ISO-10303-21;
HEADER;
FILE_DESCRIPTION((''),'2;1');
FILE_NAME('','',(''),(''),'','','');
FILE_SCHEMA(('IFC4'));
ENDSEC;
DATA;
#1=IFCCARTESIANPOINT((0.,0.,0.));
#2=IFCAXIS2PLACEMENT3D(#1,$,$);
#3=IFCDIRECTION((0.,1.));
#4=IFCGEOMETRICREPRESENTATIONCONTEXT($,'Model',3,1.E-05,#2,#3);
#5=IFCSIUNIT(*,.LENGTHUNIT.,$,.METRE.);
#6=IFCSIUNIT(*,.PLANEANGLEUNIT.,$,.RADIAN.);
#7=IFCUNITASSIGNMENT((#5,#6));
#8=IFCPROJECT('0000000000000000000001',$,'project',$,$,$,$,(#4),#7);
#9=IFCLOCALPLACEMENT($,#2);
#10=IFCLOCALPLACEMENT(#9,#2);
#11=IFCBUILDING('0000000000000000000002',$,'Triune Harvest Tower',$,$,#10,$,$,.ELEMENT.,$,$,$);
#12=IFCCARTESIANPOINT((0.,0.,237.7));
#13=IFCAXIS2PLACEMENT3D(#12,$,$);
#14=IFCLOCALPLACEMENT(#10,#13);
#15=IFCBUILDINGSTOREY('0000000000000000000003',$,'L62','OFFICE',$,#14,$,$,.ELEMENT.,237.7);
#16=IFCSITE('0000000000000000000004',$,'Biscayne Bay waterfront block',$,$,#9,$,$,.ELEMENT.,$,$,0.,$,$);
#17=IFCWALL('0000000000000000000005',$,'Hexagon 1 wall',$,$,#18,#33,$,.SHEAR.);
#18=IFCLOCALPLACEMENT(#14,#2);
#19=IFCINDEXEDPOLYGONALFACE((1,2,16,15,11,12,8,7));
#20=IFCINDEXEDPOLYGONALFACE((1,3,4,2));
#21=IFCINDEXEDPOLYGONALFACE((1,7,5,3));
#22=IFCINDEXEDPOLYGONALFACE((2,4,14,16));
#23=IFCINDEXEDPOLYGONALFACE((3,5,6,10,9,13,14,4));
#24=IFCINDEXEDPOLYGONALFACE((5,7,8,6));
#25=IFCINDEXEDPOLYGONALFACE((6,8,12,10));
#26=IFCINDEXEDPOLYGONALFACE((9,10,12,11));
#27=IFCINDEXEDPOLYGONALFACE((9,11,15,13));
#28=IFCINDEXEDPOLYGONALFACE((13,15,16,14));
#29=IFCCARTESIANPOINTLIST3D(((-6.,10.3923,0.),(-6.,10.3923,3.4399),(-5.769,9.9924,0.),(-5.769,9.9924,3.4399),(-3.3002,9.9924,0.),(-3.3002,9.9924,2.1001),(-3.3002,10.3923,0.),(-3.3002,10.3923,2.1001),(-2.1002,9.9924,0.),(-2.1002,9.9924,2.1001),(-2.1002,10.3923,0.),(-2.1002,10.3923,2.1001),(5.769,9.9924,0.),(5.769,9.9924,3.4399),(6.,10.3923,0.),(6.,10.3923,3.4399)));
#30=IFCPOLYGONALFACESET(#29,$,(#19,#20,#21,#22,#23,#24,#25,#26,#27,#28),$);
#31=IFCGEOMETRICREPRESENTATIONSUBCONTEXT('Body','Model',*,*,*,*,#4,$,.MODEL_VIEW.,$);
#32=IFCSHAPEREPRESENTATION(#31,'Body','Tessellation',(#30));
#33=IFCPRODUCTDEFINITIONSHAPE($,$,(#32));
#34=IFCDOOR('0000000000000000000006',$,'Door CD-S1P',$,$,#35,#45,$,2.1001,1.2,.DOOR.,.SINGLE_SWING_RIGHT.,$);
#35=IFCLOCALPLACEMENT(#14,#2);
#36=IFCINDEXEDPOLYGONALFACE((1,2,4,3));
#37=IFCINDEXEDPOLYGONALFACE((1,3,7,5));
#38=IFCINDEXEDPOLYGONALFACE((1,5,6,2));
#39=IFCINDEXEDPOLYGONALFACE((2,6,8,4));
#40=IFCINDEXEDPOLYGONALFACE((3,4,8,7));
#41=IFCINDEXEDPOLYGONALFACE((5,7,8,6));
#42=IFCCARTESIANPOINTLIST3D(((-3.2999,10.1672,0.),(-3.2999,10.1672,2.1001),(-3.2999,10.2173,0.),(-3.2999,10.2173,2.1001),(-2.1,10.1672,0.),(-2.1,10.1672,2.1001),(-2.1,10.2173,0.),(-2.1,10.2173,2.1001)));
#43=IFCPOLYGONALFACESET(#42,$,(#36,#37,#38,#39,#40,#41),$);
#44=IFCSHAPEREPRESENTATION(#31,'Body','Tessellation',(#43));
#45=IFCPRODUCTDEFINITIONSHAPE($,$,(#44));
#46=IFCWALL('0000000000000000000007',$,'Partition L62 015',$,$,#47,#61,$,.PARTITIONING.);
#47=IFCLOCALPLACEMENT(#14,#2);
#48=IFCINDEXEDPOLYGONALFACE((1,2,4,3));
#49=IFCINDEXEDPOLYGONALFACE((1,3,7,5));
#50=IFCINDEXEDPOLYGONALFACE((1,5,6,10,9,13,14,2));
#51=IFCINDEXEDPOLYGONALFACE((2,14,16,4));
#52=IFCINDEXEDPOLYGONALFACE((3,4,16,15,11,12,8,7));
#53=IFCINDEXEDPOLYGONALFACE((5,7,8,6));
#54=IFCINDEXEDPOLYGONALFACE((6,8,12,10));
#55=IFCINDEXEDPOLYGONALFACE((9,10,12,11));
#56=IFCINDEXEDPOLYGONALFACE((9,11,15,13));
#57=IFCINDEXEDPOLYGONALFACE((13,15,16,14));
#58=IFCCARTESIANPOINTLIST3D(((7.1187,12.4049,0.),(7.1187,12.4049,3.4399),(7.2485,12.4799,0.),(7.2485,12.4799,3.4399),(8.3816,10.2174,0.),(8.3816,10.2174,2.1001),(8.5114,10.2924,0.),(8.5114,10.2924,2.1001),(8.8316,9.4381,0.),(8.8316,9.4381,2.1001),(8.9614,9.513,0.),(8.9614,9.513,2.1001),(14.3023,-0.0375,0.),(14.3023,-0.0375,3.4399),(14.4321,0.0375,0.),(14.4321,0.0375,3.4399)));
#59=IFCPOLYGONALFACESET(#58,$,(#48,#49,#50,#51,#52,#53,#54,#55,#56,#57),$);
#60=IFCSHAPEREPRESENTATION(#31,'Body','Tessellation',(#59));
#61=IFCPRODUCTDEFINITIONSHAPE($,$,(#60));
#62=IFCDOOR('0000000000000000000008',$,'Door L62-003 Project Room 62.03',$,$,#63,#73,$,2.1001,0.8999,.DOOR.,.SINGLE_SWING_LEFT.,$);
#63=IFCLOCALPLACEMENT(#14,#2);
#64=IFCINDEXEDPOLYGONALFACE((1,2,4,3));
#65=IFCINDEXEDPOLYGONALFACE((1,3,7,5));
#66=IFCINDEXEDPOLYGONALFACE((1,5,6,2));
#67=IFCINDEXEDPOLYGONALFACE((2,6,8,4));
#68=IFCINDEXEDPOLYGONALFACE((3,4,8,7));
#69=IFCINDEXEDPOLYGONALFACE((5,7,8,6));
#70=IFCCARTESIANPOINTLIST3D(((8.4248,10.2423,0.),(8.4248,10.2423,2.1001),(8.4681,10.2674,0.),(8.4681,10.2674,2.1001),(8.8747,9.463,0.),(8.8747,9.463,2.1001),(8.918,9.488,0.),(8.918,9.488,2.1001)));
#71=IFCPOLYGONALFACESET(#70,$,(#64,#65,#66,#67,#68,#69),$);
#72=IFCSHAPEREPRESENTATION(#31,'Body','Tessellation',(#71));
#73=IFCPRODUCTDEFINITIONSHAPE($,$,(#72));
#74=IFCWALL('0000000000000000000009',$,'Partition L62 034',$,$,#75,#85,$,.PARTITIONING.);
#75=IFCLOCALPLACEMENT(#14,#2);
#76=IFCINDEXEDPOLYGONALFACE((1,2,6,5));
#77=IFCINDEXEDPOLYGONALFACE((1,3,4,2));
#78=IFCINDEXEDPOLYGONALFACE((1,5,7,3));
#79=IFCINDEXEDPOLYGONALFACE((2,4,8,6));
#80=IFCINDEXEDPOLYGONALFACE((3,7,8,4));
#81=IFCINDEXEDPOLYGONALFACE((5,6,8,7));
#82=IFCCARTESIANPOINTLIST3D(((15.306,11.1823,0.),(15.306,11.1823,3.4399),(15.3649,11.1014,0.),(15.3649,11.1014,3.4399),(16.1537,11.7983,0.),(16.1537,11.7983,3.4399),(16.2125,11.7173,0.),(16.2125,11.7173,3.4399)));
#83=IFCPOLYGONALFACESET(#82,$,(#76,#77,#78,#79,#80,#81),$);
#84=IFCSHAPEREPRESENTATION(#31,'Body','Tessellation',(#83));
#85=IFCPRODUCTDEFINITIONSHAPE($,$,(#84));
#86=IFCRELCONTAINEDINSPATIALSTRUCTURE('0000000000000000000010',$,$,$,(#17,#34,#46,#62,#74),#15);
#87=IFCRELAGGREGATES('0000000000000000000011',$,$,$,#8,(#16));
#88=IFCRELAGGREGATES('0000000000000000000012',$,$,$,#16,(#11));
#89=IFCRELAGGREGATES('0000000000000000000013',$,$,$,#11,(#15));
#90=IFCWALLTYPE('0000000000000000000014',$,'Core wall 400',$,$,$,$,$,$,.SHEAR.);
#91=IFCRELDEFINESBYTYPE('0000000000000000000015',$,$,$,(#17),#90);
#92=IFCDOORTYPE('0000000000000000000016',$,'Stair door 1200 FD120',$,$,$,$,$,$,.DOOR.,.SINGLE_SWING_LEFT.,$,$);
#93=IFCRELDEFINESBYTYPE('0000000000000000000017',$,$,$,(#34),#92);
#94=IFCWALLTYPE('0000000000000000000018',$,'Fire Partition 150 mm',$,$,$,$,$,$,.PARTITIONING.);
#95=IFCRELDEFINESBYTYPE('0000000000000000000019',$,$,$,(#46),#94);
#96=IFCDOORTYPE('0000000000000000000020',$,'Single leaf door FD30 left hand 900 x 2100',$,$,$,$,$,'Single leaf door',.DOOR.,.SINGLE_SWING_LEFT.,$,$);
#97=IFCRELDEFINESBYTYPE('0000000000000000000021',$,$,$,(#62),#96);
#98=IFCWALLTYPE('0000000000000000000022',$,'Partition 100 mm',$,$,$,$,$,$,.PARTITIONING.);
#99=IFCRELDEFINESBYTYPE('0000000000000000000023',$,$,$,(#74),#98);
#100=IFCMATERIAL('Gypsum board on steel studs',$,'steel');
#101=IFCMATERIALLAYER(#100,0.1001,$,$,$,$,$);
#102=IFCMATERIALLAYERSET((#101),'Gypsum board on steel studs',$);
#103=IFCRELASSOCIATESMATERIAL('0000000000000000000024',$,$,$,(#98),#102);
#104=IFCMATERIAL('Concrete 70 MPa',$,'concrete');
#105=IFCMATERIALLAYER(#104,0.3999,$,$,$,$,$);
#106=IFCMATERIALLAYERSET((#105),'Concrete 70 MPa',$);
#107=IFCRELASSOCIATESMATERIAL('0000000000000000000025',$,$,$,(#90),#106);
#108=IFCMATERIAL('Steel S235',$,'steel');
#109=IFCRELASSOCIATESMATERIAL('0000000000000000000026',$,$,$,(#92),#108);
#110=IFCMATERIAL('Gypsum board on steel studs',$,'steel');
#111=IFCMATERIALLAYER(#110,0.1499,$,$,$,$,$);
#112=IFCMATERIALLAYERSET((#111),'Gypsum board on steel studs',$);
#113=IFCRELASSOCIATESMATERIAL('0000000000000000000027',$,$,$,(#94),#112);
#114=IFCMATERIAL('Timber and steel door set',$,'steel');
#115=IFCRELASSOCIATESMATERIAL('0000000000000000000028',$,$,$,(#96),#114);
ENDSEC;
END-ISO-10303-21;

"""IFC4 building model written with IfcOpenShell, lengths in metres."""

from ifc_helpers import new_model, si_unit, direction, frame, frame_2d, origin, place, context, subcontext, project, spatial, polyline, rectangle, outline, extrude, source, transform, mapped, material, layer, layer_set, type_object, element, fill, save


model = new_model("IFC4")

# Units and contexts
model_context = context("Model", 3, precision=1e-05, world=origin(), true_north=direction((0.0, 1.0)))
body_context = subcontext(model_context, "Body", "Model", "MODEL_VIEW")
ifc_project = project(units=[si_unit("LENGTHUNIT", "METRE"), si_unit("PLANEANGLEUNIT", "RADIAN")], contexts=[model_context])

# Site, building, storey
site_placement = place(None, origin())
site = spatial("IfcSite", under=ifc_project, at=site_placement, Name="Biscayne Bay waterfront block", CompositionType="ELEMENT", RefElevation=0.0)
building_placement = place(site_placement, origin())
building = spatial("IfcBuilding", under=site, at=building_placement, Name="Triune Harvest Tower", CompositionType="ELEMENT")
storey_placement = place(building_placement, frame((0.0, 0.0, 237.7)))
storey = spatial("IfcBuildingStorey", under=building, at=storey_placement, Name="L62", Description="OFFICE", CompositionType="ELEMENT", Elevation=237.7)

# Shared definitions
ifc_material_1 = material(Name="Gypsum board on steel studs", Category="steel")
ifc_layer_1 = layer(ifc_material_1, 0.1001)
ifc_layer_set_1 = layer_set([ifc_layer_1], Name="Gypsum board on steel studs")
wall_type_1 = type_object("IfcWallType", Name="Partition 100 mm", PredefinedType="PARTITIONING", material=ifc_layer_set_1)

# Walls, openings, doors
ifc_material_2 = material(Name="Concrete 70 MPa", Category="concrete")
ifc_layer_2 = layer(ifc_material_2, 0.3999)
ifc_layer_set_2 = layer_set([ifc_layer_2], Name="Concrete 70 MPa")
wall_type_2 = type_object("IfcWallType", Name="Core wall 400", PredefinedType="SHEAR", material=ifc_layer_set_2)
shared_shape_1 = source(origin(), body_context, "Body", "SweptSolid", [
    extrude(outline(polyline([(-0.1155, -0.2), (11.8845, -0.2), (11.6536, 0.2), (0.1155, 0.2), (-0.1155, -0.2)])), origin(), (0.0, 0.0, 1.0), 3.4399),
])
wall_1_placement = place(storey_placement, frame((5.8845, 10.1924, 0.0), z_axis=(0.0, 0.0, 1.0), x_axis=(-1.0, 0.0, 0.0)))
wall_1 = element("IfcWall", 1, at=wall_1_placement, inside=storey, type_object=wall_type_2, Name="Hexagon 1 wall", PredefinedType="SHEAR", context=body_context, shape_type="MappedRepresentation", body=[
    mapped(shared_shape_1, transform((0.0, 0.0, 0.0), scale=1.0)),
])
opening_1_placement = place(wall_1_placement, frame((7.9846, 0.0, 0.0)))
opening_1 = element("IfcOpeningElement", 2, at=opening_1_placement, cuts=wall_1, PredefinedType="OPENING", context=body_context, shape_type="SweptSolid", body=[
    extrude(rectangle(XDim=1.2, YDim=2.1001, at=frame_2d((0.6001, 1.05))), frame((0.0, 0.21, 0.0), z_axis=(0.0, -1.0, 0.0), x_axis=(1.0, 0.0, 0.0)), (0.0, 0.0, 1.0), 0.4199),
])
ifc_material_3 = material(Name="Steel S235", Category="steel")
door_type_1 = type_object("IfcDoorType", Name="Stair door 1200 FD120", OperationType="SINGLE_SWING_LEFT", PredefinedType="DOOR", material=ifc_material_3)
door_1_placement = place(opening_1_placement, frame((1.2, 0.0, 0.0), z_axis=(0.0, 0.0, 1.0), x_axis=(-1.0, 0.0, 0.0)))
door_1 = element("IfcDoor", 3, at=door_1_placement, inside=storey, type_object=door_type_1, Name="Door CD-S1P", OperationType="SINGLE_SWING_RIGHT", OverallHeight=2.1001, OverallWidth=1.2, PredefinedType="DOOR", context=body_context, shape_type="SweptSolid", body=[
    extrude(rectangle(XDim=1.2, YDim=2.1001, at=frame_2d((0.6001, 1.05))), frame((0.0, 0.0249, 0.0), z_axis=(0.0, -1.0, 0.0), x_axis=(1.0, 0.0, 0.0)), (0.0, 0.0, 1.0), 0.05),
])
fill(opening_1, door_1)
ifc_material_4 = material(Name="Gypsum board on steel studs", Category="steel")
ifc_layer_3 = layer(ifc_material_4, 0.1499)
ifc_layer_set_3 = layer_set([ifc_layer_3], Name="Gypsum board on steel studs")
wall_type_3 = type_object("IfcWallType", Name="Fire Partition 150 mm", PredefinedType="PARTITIONING", material=ifc_layer_set_3)
shared_shape_2 = source(origin(), body_context, "Body", "SweptSolid", [
    extrude(rectangle(XDim=14.3672, YDim=0.1499, at=frame_2d((7.1836, 0.0))), origin(), (0.0, 0.0, 1.0), 3.4399),
])
wall_2_placement = place(storey_placement, frame((7.1836, 12.4424, 0.0), z_axis=(0.0, 0.0, 1.0), x_axis=(0.499999, -0.866026, 0.0)))
wall_2 = element("IfcWall", 4, at=wall_2_placement, inside=storey, type_object=wall_type_3, Name="Partition L62 015", PredefinedType="PARTITIONING", context=body_context, shape_type="MappedRepresentation", body=[
    mapped(shared_shape_2, transform((0.0, 0.0, 0.0), scale=1.0)),
])
opening_2_placement = place(wall_2_placement, frame((2.5259, 0.0, 0.0)))
opening_2 = element("IfcOpeningElement", 5, at=opening_2_placement, cuts=wall_2, PredefinedType="OPENING", context=body_context, shape_type="SweptSolid", body=[
    extrude(rectangle(XDim=0.8999, YDim=2.1001, at=frame_2d((0.45, 1.05))), frame((0.0, 0.085, 0.0), z_axis=(0.0, -1.0, 0.0), x_axis=(1.0, 0.0, 0.0)), (0.0, 0.0, 1.0), 0.1699),
])
ifc_material_5 = material(Name="Timber and steel door set", Category="steel")
door_type_2 = type_object("IfcDoorType", Name="Single leaf door FD30 left hand 900 x 2100", ElementType="Single leaf door", OperationType="SINGLE_SWING_LEFT", PredefinedType="DOOR", material=ifc_material_5)
door_2_placement = place(opening_2_placement, origin())
door_2 = element("IfcDoor", 6, at=door_2_placement, inside=storey, type_object=door_type_2, Name="Door L62-003 Project Room 62.03", OperationType="SINGLE_SWING_LEFT", OverallHeight=2.1001, OverallWidth=0.8999, PredefinedType="DOOR", context=body_context, shape_type="SweptSolid", body=[
    extrude(rectangle(XDim=0.8999, YDim=2.1001, at=frame_2d((0.45, 1.05))), frame((0.0, 0.0249, 0.0), z_axis=(0.0, -1.0, 0.0), x_axis=(1.0, 0.0, 0.0)), (0.0, 0.0, 1.0), 0.05),
])
fill(opening_2, door_2)

# Wall
shared_shape_3 = source(origin(), body_context, "Body", "SweptSolid", [
    extrude(rectangle(XDim=1.0479, YDim=0.1001, at=frame_2d((0.5239, 0.0))), origin(), (0.0, 0.0, 1.0), 3.4399),
])
wall_3_placement = place(storey_placement, frame((15.3354, 11.1418, 0.0), z_axis=(0.0, 0.0, 1.0), x_axis=(0.808968, 0.587853, 0.0)))
element("IfcWall", 7, at=wall_3_placement, inside=storey, type_object=wall_type_1, Name="Partition L62 034", PredefinedType="PARTITIONING", context=body_context, shape_type="MappedRepresentation", body=[
    mapped(shared_shape_3, transform((0.0, 0.0, 0.0), scale=1.0)),
])

save(model, "model.ifc")
